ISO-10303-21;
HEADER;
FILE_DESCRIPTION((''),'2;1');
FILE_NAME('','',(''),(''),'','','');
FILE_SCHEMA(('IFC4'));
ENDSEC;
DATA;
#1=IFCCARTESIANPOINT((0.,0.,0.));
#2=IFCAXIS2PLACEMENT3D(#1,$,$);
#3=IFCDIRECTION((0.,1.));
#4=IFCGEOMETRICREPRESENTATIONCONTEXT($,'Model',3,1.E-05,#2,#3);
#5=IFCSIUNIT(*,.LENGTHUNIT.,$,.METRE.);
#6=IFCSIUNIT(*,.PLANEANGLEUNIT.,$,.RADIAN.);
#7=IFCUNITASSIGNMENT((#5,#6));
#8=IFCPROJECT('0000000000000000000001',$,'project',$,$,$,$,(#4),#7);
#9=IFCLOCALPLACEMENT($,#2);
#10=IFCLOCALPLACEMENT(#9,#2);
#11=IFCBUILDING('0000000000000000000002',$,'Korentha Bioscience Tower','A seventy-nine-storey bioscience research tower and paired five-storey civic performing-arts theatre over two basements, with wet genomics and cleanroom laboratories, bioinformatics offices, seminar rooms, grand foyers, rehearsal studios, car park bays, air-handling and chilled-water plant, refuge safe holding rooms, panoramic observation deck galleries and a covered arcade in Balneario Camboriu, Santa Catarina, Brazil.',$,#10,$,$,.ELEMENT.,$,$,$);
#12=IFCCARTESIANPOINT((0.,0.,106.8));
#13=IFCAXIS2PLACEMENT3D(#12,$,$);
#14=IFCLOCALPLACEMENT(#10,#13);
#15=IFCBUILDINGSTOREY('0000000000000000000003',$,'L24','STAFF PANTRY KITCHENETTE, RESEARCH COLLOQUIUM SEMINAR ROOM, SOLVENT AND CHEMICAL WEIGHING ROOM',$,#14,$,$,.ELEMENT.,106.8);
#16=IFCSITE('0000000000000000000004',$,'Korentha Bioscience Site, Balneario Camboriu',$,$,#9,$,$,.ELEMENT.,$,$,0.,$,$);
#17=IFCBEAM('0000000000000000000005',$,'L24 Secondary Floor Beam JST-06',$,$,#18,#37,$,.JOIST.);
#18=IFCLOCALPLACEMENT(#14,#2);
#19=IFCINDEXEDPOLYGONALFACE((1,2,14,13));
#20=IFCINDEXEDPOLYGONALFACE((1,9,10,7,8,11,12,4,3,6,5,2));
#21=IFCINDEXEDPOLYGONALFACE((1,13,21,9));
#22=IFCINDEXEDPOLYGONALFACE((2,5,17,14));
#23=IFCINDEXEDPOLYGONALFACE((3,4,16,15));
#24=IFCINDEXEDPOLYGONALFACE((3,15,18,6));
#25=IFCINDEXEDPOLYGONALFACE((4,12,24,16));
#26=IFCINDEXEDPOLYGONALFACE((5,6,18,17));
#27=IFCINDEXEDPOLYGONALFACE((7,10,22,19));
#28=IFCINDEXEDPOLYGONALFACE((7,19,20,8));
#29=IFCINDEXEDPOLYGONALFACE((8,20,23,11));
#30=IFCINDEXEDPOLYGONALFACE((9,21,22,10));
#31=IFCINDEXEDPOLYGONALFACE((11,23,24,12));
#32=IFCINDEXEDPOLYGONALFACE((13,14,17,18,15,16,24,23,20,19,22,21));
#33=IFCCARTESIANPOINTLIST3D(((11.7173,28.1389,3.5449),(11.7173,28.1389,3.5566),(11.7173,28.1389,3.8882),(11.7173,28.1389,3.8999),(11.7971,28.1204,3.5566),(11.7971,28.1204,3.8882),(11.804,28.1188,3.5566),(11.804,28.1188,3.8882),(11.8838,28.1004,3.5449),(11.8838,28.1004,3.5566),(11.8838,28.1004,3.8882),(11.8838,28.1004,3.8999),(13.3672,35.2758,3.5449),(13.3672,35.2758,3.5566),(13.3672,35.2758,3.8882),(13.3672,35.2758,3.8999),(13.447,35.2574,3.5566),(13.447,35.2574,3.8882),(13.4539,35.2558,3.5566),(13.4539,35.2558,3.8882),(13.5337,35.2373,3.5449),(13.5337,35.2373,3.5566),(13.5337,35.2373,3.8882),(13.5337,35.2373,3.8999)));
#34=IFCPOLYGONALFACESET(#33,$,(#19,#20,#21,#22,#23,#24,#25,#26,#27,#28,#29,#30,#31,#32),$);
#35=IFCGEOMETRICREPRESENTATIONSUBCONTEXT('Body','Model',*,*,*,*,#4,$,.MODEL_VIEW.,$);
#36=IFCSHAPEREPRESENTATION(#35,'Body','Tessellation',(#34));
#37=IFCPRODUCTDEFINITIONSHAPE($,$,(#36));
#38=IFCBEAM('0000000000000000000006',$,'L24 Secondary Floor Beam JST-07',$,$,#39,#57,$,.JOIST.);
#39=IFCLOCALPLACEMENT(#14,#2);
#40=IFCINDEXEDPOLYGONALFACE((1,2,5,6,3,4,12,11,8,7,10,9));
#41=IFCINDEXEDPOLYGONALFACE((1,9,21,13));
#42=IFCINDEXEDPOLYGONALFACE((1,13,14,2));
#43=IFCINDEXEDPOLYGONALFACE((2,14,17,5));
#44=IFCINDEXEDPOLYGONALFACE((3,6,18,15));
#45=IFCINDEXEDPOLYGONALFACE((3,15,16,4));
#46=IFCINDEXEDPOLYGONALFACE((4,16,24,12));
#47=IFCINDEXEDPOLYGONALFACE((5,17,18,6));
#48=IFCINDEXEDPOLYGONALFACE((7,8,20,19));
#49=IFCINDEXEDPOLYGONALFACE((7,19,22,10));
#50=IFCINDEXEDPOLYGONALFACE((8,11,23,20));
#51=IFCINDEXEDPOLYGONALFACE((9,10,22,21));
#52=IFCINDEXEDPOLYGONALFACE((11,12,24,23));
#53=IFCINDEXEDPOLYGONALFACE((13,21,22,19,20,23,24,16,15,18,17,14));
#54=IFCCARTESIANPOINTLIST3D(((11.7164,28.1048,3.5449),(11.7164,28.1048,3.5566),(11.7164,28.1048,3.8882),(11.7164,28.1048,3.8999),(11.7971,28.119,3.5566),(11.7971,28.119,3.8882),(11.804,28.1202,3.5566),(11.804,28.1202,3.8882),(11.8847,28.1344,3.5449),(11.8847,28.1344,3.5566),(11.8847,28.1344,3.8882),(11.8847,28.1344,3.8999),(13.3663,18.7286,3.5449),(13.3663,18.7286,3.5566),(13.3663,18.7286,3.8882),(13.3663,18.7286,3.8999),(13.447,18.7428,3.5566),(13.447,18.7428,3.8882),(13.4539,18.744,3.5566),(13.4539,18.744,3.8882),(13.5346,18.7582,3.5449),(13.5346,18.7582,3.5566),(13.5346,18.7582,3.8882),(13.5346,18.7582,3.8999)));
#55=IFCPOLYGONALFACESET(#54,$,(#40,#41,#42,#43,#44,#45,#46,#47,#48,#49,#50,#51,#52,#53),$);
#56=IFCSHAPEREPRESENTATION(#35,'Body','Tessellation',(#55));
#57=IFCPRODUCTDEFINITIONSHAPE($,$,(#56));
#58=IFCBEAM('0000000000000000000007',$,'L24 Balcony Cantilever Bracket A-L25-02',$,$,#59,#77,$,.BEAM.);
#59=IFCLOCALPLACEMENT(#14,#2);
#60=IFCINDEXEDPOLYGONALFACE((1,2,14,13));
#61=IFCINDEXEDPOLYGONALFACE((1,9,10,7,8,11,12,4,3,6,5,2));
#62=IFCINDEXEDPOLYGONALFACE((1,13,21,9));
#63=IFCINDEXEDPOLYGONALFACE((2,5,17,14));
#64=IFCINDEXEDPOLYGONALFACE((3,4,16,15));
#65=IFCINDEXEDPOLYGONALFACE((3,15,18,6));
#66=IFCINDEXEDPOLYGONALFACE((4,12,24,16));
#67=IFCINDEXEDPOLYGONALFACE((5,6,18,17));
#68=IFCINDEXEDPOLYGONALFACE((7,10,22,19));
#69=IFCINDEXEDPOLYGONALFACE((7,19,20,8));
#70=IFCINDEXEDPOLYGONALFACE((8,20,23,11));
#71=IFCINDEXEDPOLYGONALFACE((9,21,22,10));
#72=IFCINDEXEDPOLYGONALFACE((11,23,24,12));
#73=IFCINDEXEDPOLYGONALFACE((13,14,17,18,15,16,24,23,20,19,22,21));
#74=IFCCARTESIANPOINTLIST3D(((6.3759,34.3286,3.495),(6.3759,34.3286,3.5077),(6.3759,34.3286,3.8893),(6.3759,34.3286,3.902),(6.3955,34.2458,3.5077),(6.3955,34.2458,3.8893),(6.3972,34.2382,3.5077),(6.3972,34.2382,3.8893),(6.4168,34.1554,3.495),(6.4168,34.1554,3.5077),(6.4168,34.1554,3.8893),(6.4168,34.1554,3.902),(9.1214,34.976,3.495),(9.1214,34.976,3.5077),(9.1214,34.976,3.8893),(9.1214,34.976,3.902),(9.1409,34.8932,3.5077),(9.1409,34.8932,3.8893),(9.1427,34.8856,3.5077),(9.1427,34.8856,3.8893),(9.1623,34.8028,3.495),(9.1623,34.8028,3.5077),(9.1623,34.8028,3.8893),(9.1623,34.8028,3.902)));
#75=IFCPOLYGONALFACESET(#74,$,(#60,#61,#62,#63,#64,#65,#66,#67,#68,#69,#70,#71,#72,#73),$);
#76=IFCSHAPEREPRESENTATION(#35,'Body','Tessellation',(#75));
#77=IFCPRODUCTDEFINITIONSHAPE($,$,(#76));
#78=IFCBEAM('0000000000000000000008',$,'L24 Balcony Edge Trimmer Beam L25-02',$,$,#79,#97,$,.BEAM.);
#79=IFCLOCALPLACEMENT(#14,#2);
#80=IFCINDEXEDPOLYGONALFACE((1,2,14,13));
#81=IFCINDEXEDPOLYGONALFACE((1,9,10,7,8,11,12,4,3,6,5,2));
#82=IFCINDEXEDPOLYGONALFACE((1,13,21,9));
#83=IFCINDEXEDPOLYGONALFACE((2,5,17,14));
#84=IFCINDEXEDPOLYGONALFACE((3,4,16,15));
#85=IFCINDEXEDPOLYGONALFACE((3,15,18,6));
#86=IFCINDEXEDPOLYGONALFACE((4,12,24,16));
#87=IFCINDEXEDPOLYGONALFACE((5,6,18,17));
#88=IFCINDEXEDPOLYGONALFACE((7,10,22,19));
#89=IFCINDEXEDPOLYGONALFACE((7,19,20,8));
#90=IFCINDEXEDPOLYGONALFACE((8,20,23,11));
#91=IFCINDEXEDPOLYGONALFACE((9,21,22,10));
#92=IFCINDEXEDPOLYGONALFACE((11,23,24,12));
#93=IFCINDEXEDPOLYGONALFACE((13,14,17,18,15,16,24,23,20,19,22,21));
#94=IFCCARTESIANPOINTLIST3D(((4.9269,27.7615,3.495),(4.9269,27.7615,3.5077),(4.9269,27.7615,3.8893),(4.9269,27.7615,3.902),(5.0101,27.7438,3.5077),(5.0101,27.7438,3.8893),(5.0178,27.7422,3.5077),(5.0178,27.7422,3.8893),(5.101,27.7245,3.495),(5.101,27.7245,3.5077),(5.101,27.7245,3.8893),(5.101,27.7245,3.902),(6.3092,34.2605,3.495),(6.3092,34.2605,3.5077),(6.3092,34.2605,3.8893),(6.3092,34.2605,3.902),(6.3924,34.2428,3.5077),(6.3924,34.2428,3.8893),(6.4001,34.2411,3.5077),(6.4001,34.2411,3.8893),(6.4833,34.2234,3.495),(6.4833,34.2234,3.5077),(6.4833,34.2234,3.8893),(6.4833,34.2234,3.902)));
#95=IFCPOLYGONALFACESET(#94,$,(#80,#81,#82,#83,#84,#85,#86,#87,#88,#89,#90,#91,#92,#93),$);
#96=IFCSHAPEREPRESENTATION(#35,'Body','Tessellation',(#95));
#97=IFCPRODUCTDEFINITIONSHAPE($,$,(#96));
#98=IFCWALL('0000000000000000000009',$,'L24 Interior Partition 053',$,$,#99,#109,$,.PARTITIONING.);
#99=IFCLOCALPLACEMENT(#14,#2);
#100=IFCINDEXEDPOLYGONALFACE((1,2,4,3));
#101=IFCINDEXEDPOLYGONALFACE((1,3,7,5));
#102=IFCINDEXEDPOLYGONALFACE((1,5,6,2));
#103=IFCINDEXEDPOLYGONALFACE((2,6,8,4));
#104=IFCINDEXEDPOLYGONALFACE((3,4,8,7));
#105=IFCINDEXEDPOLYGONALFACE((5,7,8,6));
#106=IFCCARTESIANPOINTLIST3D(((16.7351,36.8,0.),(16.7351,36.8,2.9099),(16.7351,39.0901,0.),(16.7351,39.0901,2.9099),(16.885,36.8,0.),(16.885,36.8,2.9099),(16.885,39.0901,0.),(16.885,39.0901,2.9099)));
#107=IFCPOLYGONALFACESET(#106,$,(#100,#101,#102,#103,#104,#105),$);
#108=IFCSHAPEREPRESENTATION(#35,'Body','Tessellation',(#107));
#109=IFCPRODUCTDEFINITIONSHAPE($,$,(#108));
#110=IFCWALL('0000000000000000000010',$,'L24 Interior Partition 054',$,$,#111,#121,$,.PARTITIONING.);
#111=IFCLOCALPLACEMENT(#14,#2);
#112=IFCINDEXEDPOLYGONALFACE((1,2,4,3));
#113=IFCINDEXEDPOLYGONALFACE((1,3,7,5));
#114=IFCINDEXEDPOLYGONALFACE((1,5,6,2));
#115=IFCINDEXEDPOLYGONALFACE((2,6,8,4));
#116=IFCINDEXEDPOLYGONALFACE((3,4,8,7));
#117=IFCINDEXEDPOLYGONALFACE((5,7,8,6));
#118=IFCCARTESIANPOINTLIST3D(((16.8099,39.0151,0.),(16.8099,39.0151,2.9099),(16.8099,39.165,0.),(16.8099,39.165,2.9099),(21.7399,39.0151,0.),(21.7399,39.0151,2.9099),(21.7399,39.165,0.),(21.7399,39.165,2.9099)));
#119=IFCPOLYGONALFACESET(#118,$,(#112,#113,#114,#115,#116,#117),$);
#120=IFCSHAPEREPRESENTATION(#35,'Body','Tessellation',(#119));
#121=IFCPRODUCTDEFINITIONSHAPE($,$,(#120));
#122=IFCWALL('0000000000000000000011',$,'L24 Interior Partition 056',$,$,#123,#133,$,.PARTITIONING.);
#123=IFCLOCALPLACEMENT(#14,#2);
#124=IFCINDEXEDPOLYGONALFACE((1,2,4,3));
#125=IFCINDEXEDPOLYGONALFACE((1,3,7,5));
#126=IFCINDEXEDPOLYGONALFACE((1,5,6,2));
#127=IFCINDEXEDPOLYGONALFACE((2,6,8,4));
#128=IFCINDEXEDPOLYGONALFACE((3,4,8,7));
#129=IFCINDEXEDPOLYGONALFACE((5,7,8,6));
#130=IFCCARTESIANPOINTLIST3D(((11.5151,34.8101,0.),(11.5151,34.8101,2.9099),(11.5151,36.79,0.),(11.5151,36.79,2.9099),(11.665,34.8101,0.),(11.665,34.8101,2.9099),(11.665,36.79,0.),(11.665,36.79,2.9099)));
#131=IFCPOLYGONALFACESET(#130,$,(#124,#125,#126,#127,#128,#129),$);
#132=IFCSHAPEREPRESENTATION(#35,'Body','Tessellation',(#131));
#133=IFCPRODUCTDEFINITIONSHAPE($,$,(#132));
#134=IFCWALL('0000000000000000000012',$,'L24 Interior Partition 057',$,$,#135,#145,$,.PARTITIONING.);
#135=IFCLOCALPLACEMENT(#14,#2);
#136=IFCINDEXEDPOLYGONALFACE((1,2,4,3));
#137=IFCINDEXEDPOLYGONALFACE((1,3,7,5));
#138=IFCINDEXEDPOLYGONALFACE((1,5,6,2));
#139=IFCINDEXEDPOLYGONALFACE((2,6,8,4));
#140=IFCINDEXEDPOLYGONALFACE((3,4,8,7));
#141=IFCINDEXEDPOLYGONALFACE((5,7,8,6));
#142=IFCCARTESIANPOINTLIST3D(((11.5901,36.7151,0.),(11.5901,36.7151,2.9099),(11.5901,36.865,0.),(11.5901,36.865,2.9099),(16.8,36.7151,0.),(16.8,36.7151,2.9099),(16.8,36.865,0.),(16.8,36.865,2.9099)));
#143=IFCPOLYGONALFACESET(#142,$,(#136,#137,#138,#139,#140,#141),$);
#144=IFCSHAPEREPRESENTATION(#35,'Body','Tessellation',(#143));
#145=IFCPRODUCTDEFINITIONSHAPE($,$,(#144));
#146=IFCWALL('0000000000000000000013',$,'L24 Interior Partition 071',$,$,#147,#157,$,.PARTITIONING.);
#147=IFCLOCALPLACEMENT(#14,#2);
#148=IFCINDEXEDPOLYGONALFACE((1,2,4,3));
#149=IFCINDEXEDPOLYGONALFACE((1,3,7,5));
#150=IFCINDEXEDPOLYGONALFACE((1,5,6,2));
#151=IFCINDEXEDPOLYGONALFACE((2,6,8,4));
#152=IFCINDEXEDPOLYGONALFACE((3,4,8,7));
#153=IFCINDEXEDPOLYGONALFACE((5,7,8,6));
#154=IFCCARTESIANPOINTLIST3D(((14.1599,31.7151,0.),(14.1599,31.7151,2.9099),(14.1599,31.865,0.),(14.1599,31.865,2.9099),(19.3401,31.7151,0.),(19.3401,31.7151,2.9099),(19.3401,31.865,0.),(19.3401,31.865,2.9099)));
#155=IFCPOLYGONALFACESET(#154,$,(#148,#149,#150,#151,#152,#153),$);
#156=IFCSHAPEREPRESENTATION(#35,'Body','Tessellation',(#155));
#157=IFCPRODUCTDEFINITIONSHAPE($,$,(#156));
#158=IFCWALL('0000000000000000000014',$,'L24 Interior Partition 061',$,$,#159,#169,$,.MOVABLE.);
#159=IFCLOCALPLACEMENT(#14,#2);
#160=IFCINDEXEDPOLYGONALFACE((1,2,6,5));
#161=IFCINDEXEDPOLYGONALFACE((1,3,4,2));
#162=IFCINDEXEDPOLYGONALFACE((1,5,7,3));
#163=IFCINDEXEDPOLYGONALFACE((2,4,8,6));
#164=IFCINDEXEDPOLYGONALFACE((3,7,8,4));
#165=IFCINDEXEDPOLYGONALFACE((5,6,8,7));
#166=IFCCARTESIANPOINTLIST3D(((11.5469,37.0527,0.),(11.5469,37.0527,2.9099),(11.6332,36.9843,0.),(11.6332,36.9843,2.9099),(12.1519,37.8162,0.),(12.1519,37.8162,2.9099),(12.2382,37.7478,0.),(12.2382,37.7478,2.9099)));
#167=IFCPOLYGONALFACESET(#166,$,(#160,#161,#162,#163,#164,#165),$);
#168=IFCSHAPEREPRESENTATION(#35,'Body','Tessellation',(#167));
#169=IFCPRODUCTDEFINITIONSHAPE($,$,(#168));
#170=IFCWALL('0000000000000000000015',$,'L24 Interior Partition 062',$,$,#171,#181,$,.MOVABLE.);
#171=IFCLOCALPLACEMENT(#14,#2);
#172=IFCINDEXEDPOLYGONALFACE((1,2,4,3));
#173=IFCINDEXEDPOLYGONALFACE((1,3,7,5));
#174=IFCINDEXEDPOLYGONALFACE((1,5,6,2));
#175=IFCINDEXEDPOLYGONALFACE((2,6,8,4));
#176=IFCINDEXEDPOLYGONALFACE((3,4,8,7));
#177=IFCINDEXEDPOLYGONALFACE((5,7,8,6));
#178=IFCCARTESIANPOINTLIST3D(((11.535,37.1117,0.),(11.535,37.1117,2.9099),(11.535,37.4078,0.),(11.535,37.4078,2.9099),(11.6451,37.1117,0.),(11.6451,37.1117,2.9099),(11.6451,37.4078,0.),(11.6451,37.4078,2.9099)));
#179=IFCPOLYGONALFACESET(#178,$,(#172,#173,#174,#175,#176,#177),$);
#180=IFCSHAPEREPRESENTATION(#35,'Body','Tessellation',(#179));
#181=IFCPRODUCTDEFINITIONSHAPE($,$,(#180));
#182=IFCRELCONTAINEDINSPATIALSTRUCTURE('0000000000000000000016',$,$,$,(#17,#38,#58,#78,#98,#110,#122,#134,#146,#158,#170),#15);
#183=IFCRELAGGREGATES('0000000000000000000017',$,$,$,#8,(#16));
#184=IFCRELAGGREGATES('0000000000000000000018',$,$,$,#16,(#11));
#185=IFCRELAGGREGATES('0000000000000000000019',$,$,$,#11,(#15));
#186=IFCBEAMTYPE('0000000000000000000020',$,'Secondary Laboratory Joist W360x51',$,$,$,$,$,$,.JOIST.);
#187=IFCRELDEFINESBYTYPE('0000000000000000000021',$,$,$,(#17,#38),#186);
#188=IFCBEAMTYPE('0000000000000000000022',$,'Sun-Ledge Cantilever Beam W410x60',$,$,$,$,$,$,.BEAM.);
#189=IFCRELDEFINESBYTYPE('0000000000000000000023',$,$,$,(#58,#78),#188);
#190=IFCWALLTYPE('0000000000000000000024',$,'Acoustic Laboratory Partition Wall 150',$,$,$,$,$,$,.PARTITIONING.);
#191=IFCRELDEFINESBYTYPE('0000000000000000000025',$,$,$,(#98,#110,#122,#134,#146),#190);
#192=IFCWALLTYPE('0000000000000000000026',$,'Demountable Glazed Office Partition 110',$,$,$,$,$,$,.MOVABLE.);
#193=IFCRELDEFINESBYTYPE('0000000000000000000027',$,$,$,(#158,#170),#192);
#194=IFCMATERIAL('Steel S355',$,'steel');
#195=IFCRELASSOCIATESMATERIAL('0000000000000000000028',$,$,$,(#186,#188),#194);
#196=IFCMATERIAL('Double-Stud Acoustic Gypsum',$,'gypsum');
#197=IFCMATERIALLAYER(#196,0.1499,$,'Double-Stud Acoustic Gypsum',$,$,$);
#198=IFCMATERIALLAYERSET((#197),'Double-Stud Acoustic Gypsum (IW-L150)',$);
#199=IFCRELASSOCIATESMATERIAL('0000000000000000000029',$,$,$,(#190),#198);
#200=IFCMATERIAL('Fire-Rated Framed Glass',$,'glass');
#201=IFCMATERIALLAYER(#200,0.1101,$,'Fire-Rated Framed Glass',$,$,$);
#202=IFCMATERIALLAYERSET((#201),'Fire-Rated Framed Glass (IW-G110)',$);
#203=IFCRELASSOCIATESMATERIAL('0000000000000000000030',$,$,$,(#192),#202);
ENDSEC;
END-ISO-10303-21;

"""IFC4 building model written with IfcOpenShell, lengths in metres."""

from ifc_helpers import new_model, si_unit, direction, frame, frame_2d, origin, origin_2d, place, context, subcontext, project, spatial, rectangle, i_section, extrude, material, layer, layer_set, material_profile, profile_set, type_object, element, save


model = new_model("IFC4")

# Units and contexts
model_context = context("Model", 3, precision=1e-05, world=origin(), true_north=direction((0.0, 1.0)))
body_context = subcontext(model_context, "Body", "Model", "MODEL_VIEW")
ifc_project = project(units=[si_unit("LENGTHUNIT", "METRE"), si_unit("PLANEANGLEUNIT", "RADIAN")], contexts=[model_context])

# Site, building, storey
site_placement = place(None, origin())
site = spatial("IfcSite", under=ifc_project, at=site_placement, Name="Korentha Bioscience Site, Balneario Camboriu", CompositionType="ELEMENT", RefElevation=0.0)
building_placement = place(site_placement, origin())
building = spatial("IfcBuilding", under=site, at=building_placement, Name="Korentha Bioscience Tower", Description="A seventy-nine-storey bioscience research tower and paired five-storey civic performing-arts theatre over two basements, with wet genomics and cleanroom laboratories, bioinformatics offices, seminar rooms, grand foyers, rehearsal studios, car park bays, air-handling and chilled-water plant, refuge safe holding rooms, panoramic observation deck galleries and a covered arcade in Balneario Camboriu, Santa Catarina, Brazil.", CompositionType="ELEMENT")
storey_placement = place(building_placement, frame((0.0, 0.0, 106.8)))
storey = spatial("IfcBuildingStorey", under=building, at=storey_placement, Name="L24", Description="STAFF PANTRY KITCHENETTE, RESEARCH COLLOQUIUM SEMINAR ROOM, SOLVENT AND CHEMICAL WEIGHING ROOM", CompositionType="ELEMENT", Elevation=106.8)

# Beams
ifc_material_1 = material(Name="Steel S355", Category="steel")
ifc_material_profile_1 = material_profile(ifc_material_1, i_section(OverallWidth=0.1709, OverallDepth=0.355, WebThickness=0.0071, FlangeThickness=0.0117, at=origin_2d()), Name="Steel S355")
ifc_profile_set_1 = profile_set([ifc_material_profile_1], Name="Steel S355 (JB-360)")
beam_type_1 = type_object("IfcBeamType", Name="Secondary Laboratory Joist W360x51", PredefinedType="JOIST", material=ifc_profile_set_1)
beam_1_placement = place(storey_placement, frame((13.4504, 35.2566, 3.7224), z_axis=(-0.225237, -0.974304, 0.0), x_axis=(0.974304, -0.225237, 0.0)))
element("IfcBeam", 1, at=beam_1_placement, inside=storey, type_object=beam_type_1, Name="L24 Secondary Floor Beam JST-06", PredefinedType="JOIST", context=body_context, shape_type="SweptSolid", body=[
    extrude(i_section(OverallWidth=0.1709, OverallDepth=0.355, WebThickness=0.0071, FlangeThickness=0.0117, at=origin_2d()), origin(), (0.0, 0.0, 1.0), 7.3252),
])
beam_2_placement = place(storey_placement, frame((11.8005, 28.1196, 3.7224), z_axis=(0.173304, -0.984868, 0.0), x_axis=(0.984868, 0.173304, 0.0)))
element("IfcBeam", 2, at=beam_2_placement, inside=storey, type_object=beam_type_1, Name="L24 Secondary Floor Beam JST-07", PredefinedType="JOIST", context=body_context, shape_type="SweptSolid", body=[
    extrude(i_section(OverallWidth=0.1709, OverallDepth=0.355, WebThickness=0.0071, FlangeThickness=0.0117, at=origin_2d()), origin(), (0.0, 0.0, 1.0), 9.5203),
])
ifc_material_profile_2 = material_profile(ifc_material_1, i_section(OverallWidth=0.178, OverallDepth=0.407, WebThickness=0.0078, FlangeThickness=0.0127, at=origin_2d()), Name="Steel S355")
ifc_profile_set_2 = profile_set([ifc_material_profile_2], Name="Steel S355 (CB-410)")
beam_type_2 = type_object("IfcBeamType", Name="Sun-Ledge Cantilever Beam W410x60", PredefinedType="BEAM", material=ifc_profile_set_2)
beam_3_placement = place(storey_placement, frame((9.1418, 34.8894, 3.6985), z_axis=(-0.973304, -0.229522, 0.0), x_axis=(0.229522, -0.973304, 0.0)))
element("IfcBeam", 3, at=beam_3_placement, inside=storey, type_object=beam_type_2, Name="L24 Balcony Cantilever Bracket A-L25-02", PredefinedType="BEAM", context=body_context, shape_type="SweptSolid", body=[
    extrude(i_section(OverallWidth=0.178, OverallDepth=0.407, WebThickness=0.0078, FlangeThickness=0.0127, at=origin_2d()), origin(), (0.0, 0.0, 1.0), 2.8208),
])
beam_4_placement = place(storey_placement, frame((6.3962, 34.2419, 3.6985), z_axis=(-0.208043, -0.97812, 0.0), x_axis=(0.97812, -0.208043, 0.0)))
element("IfcBeam", 4, at=beam_4_placement, inside=storey, type_object=beam_type_2, Name="L24 Balcony Edge Trimmer Beam L25-02", PredefinedType="BEAM", context=body_context, shape_type="SweptSolid", body=[
    extrude(i_section(OverallWidth=0.178, OverallDepth=0.407, WebThickness=0.0078, FlangeThickness=0.0127, at=origin_2d()), origin(), (0.0, 0.0, 1.0), 6.6443),
])

# Walls
ifc_material_2 = material(Name="Double-Stud Acoustic Gypsum", Category="gypsum")
ifc_layer_1 = layer(ifc_material_2, 0.1499, Name="Double-Stud Acoustic Gypsum")
ifc_layer_set_1 = layer_set([ifc_layer_1], Name="Double-Stud Acoustic Gypsum (IW-L150)")
wall_type_1 = type_object("IfcWallType", Name="Acoustic Laboratory Partition Wall 150", PredefinedType="PARTITIONING", material=ifc_layer_set_1)
wall_1_placement = place(storey_placement, frame((16.8101, 36.8, 0.0), z_axis=(0.0, 0.0, 1.0), x_axis=(0.0, 1.0, 0.0)))
element("IfcWall", 5, at=wall_1_placement, inside=storey, type_object=wall_type_1, Name="L24 Interior Partition 053", PredefinedType="PARTITIONING", context=body_context, shape_type="SweptSolid", body=[
    extrude(rectangle(XDim=2.29, YDim=0.1499, at=frame_2d((1.145, 0.0))), origin(), (0.0, 0.0, 1.0), 2.9099),
])
wall_2_placement = place(storey_placement, frame((16.8101, 39.0901, 0.0), z_axis=(0.0, 0.0, 1.0), x_axis=(1.0, 0.0, 0.0)))
element("IfcWall", 6, at=wall_2_placement, inside=storey, type_object=wall_type_1, Name="L24 Interior Partition 054", PredefinedType="PARTITIONING", context=body_context, shape_type="SweptSolid", body=[
    extrude(rectangle(XDim=4.9299, YDim=0.1499, at=frame_2d((2.4648, 0.0))), origin(), (0.0, 0.0, 1.0), 2.9099),
])
wall_3_placement = place(storey_placement, frame((11.5901, 34.8101, 0.0), z_axis=(0.0, 0.0, 1.0), x_axis=(0.0, 1.0, 0.0)))
element("IfcWall", 7, at=wall_3_placement, inside=storey, type_object=wall_type_1, Name="L24 Interior Partition 056", PredefinedType="PARTITIONING", context=body_context, shape_type="SweptSolid", body=[
    extrude(rectangle(XDim=1.98, YDim=0.1499, at=frame_2d((0.99, 0.0))), origin(), (0.0, 0.0, 1.0), 2.9099),
])
wall_4_placement = place(storey_placement, frame((11.5901, 36.79, 0.0), z_axis=(0.0, 0.0, 1.0), x_axis=(1.0, 0.0, 0.0)))
element("IfcWall", 8, at=wall_4_placement, inside=storey, type_object=wall_type_1, Name="L24 Interior Partition 057", PredefinedType="PARTITIONING", context=body_context, shape_type="SweptSolid", body=[
    extrude(rectangle(XDim=5.21, YDim=0.1499, at=frame_2d((2.605, 0.0))), origin(), (0.0, 0.0, 1.0), 2.9099),
])
wall_5_placement = place(storey_placement, frame((14.1599, 31.79, 0.0), z_axis=(0.0, 0.0, 1.0), x_axis=(1.0, 0.0, 0.0)))
element("IfcWall", 9, at=wall_5_placement, inside=storey, type_object=wall_type_1, Name="L24 Interior Partition 071", PredefinedType="PARTITIONING", context=body_context, shape_type="SweptSolid", body=[
    extrude(rectangle(XDim=5.1802, YDim=0.1499, at=frame_2d((2.5901, 0.0))), origin(), (0.0, 0.0, 1.0), 2.9099),
])
ifc_material_3 = material(Name="Fire-Rated Framed Glass", Category="glass")
ifc_layer_2 = layer(ifc_material_3, 0.1101, Name="Fire-Rated Framed Glass")
ifc_layer_set_2 = layer_set([ifc_layer_2], Name="Fire-Rated Framed Glass (IW-G110)")
wall_type_2 = type_object("IfcWallType", Name="Demountable Glazed Office Partition 110", PredefinedType="MOVABLE", material=ifc_layer_set_2)
wall_6_placement = place(storey_placement, frame((12.1951, 37.782, 0.0), z_axis=(0.0, 0.0, 1.0), x_axis=(-0.621082, -0.783746, 0.0)))
element("IfcWall", 10, at=wall_6_placement, inside=storey, type_object=wall_type_2, Name="L24 Interior Partition 061", PredefinedType="MOVABLE", context=body_context, shape_type="SweptSolid", body=[
    extrude(rectangle(XDim=0.9741, YDim=0.1101, at=frame_2d((0.4871, 0.0))), origin(), (0.0, 0.0, 1.0), 2.9099),
])
wall_7_placement = place(storey_placement, frame((11.5901, 37.1118, 0.0), z_axis=(0.0, 0.0, 1.0), x_axis=(0.0, 1.0, 0.0)))
element("IfcWall", 11, at=wall_7_placement, inside=storey, type_object=wall_type_2, Name="L24 Interior Partition 062", PredefinedType="MOVABLE", context=body_context, shape_type="SweptSolid", body=[
    extrude(rectangle(XDim=0.2961, YDim=0.1101, at=frame_2d((0.1479, 0.0))), origin(), (0.0, 0.0, 1.0), 2.9099),
])

save(model, "model.ifc")
